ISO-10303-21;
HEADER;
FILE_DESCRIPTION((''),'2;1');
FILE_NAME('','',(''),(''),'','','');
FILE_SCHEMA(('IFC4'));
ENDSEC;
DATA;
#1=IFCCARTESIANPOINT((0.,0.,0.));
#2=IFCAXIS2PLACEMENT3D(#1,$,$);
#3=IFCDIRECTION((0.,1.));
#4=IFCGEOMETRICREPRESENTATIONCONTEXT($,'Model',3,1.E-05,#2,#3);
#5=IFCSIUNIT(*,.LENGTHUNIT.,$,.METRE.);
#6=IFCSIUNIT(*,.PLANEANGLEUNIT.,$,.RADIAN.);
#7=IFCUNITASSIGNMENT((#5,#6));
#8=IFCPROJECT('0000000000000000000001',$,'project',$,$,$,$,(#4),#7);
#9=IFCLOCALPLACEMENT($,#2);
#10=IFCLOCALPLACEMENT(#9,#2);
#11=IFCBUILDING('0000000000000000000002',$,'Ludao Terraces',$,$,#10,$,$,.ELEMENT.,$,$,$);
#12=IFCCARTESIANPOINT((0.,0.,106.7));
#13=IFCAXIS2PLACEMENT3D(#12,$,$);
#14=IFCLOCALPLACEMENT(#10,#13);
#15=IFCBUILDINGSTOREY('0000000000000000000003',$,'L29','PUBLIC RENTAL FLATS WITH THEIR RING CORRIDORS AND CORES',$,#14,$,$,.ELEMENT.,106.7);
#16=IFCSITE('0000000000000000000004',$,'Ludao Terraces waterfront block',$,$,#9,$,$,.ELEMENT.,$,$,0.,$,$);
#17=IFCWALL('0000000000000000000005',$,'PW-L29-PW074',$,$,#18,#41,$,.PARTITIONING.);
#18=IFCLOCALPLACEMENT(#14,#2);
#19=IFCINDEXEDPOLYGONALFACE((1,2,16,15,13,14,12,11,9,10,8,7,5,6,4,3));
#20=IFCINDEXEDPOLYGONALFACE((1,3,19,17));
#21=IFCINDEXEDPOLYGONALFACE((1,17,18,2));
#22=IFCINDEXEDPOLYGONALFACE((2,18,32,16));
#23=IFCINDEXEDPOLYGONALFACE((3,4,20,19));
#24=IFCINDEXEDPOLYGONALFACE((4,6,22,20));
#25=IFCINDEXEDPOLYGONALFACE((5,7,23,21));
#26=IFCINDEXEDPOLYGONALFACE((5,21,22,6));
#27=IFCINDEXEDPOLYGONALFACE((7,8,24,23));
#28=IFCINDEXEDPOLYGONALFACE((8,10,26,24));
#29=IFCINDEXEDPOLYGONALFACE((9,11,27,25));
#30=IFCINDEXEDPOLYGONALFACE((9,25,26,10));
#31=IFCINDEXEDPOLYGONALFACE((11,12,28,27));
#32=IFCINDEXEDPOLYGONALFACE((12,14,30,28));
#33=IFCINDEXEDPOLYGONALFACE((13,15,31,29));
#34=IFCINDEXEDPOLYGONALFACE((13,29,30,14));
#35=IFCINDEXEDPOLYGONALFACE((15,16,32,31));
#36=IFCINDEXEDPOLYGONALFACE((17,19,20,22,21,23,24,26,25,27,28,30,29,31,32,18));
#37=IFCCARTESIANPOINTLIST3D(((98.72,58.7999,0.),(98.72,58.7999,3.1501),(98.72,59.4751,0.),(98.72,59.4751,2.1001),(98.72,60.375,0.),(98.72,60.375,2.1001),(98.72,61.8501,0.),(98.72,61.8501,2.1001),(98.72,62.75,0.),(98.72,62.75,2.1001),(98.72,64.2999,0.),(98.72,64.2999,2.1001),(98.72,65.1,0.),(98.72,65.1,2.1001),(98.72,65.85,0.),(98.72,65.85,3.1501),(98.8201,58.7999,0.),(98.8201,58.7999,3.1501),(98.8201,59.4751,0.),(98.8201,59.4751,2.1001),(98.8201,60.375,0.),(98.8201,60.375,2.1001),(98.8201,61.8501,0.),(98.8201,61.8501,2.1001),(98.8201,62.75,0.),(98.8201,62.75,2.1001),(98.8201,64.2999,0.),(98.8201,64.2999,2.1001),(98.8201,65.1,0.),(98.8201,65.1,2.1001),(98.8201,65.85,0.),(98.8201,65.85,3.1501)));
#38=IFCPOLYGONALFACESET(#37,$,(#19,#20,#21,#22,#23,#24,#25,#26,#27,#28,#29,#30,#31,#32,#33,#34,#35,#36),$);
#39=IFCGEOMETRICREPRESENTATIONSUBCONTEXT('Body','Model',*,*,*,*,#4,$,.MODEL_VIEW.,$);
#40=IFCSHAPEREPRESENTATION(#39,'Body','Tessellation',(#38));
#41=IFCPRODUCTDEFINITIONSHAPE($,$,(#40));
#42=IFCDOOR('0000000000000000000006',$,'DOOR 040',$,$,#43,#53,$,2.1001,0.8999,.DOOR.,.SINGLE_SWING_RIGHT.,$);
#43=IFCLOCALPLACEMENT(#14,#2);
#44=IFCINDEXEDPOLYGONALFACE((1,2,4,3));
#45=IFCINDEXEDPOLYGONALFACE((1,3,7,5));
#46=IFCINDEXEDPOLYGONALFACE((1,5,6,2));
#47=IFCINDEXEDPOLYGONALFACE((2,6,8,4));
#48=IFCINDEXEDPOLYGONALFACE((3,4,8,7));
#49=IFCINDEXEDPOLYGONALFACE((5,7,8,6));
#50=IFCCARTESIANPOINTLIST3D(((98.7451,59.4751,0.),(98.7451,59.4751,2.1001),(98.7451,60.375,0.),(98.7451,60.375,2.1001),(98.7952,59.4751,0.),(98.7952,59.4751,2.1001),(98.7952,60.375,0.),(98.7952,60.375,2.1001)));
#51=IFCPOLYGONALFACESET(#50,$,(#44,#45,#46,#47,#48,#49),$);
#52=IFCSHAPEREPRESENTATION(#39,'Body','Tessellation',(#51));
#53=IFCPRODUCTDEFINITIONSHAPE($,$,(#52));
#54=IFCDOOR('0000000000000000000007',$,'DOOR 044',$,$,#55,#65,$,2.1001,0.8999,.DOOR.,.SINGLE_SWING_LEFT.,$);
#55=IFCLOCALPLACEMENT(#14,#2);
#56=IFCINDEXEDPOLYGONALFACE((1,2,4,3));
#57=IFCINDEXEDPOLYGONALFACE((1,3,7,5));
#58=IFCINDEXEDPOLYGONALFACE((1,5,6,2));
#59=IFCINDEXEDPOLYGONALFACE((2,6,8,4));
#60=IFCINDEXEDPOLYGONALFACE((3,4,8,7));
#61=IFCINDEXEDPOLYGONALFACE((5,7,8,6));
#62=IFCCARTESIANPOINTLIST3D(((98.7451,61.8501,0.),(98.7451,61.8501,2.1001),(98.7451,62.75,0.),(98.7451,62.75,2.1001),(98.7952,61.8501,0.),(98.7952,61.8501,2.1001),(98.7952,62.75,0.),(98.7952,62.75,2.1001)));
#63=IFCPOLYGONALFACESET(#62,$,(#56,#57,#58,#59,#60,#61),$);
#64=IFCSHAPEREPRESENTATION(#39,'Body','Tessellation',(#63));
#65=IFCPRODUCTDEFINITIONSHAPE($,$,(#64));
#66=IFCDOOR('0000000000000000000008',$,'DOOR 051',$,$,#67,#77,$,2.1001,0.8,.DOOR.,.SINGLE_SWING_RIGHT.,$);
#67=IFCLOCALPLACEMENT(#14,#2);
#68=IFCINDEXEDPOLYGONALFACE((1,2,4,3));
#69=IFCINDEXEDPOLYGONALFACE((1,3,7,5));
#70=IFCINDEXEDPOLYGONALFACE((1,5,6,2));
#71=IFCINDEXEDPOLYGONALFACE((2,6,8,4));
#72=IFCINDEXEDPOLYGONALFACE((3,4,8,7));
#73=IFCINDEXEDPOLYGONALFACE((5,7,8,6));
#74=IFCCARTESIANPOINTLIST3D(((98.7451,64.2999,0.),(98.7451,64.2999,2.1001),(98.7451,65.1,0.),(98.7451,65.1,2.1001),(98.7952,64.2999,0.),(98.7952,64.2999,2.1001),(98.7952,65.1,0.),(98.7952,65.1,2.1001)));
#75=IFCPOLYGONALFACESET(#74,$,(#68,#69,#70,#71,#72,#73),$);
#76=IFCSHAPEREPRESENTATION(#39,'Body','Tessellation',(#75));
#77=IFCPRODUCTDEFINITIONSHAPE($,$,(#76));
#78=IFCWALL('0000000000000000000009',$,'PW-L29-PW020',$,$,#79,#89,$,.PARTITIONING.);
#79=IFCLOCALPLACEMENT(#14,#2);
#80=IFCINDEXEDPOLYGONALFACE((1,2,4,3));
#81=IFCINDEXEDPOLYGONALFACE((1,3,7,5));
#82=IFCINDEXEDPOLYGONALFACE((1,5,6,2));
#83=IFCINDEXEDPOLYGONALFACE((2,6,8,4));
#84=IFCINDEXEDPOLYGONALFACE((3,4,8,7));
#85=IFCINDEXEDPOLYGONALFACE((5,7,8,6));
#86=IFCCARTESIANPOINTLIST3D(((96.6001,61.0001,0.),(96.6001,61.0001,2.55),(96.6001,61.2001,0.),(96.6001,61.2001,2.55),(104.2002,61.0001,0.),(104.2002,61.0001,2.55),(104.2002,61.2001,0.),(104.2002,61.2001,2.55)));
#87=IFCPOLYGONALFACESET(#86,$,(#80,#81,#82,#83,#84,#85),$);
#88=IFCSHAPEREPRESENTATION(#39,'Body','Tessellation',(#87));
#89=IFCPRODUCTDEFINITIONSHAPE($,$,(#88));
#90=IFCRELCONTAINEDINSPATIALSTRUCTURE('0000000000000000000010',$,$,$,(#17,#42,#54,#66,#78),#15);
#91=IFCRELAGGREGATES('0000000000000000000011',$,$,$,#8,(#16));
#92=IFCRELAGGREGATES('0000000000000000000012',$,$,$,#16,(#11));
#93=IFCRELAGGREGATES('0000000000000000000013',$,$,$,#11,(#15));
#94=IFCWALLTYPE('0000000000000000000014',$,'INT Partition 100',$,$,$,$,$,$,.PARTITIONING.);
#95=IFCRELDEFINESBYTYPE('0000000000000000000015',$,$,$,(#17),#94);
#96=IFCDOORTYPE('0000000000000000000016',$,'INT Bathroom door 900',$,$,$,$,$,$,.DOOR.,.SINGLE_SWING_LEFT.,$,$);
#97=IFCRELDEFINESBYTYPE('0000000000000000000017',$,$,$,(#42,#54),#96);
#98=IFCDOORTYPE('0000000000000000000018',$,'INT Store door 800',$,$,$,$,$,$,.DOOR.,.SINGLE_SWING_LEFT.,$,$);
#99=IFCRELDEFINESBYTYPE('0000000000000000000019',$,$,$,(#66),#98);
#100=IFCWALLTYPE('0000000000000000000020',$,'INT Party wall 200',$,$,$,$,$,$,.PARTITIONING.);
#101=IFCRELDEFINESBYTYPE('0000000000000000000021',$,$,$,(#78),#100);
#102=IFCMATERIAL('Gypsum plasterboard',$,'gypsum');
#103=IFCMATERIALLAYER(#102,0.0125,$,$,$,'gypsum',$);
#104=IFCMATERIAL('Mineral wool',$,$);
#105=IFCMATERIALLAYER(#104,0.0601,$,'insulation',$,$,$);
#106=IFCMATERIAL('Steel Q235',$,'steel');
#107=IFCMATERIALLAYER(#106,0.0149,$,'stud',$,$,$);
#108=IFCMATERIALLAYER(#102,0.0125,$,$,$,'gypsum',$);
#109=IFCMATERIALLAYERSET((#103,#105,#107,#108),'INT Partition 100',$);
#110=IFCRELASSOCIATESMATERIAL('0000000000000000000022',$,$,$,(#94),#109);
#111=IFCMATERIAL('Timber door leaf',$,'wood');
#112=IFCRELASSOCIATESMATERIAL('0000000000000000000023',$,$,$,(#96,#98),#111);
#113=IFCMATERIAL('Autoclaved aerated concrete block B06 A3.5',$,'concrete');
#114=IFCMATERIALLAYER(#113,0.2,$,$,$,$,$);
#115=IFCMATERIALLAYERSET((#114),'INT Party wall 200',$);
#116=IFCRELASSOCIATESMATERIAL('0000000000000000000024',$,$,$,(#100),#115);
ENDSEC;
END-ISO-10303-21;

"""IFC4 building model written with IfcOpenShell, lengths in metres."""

from ifc_helpers import new_model, si_unit, direction, frame, frame_2d, origin, place, context, subcontext, project, spatial, rectangle, extrude, material, layer, layer_set, type_object, element, fill, save


model = new_model("IFC4")

# Units and contexts
model_context = context("Model", 3, precision=1e-05, world=origin(), true_north=direction((0.0, 1.0)))
body_context = subcontext(model_context, "Body", "Model", "MODEL_VIEW")
ifc_project = project(units=[si_unit("LENGTHUNIT", "METRE"), si_unit("PLANEANGLEUNIT", "RADIAN")], contexts=[model_context])

# Site, building, storey
site_placement = place(None, origin())
site = spatial("IfcSite", under=ifc_project, at=site_placement, Name="Ludao Terraces waterfront block", CompositionType="ELEMENT", RefElevation=0.0)
building_placement = place(site_placement, origin())
building = spatial("IfcBuilding", under=site, at=building_placement, Name="Ludao Terraces", CompositionType="ELEMENT")
storey_placement = place(building_placement, frame((0.0, 0.0, 106.7)))
storey = spatial("IfcBuildingStorey", under=building, at=storey_placement, Name="L29", Description="PUBLIC RENTAL FLATS WITH THEIR RING CORRIDORS AND CORES", CompositionType="ELEMENT", Elevation=106.7)

# Shared definitions
ifc_material_1 = material(Name="Mineral wool")

# Shared definitions
ifc_material_2 = material(Name="Autoclaved aerated concrete block B06 A3.5", Category="concrete")
ifc_material_3 = material(Name="Steel Q235", Category="steel")

# Shared definitions
ifc_material_4 = material(Name="Gypsum plasterboard", Category="gypsum")
ifc_layer_1 = layer(ifc_material_4, 0.0125, Category="gypsum")
ifc_layer_2 = layer(ifc_material_1, 0.0601, Name="insulation")
ifc_layer_3 = layer(ifc_material_3, 0.0149, Name="stud")
ifc_layer_4 = layer(ifc_material_4, 0.0125, Category="gypsum")
ifc_layer_set_1 = layer_set([ifc_layer_1, ifc_layer_2, ifc_layer_3, ifc_layer_4], Name="INT Partition 100")
wall_type_1 = type_object("IfcWallType", Name="INT Partition 100", PredefinedType="PARTITIONING", material=ifc_layer_set_1)

# Wall, openings, doors
wall_1_placement = place(storey_placement, frame((98.77, 58.8, 0.0), z_axis=(0.0, 0.0, 1.0), x_axis=(0.0, 1.0, 0.0)))
wall_1 = element("IfcWall", 1, at=wall_1_placement, inside=storey, type_object=wall_type_1, Name="PW-L29-PW074", PredefinedType="PARTITIONING", context=body_context, shape_type="SweptSolid", body=[
    extrude(rectangle(XDim=7.05, YDim=0.1001, at=frame_2d((3.5249, 0.0))), origin(), (0.0, 0.0, 1.0), 3.1501),
])
opening_1_placement = place(wall_1_placement, frame((0.675, 0.0, 0.0)))
opening_1 = element("IfcOpeningElement", 2, at=opening_1_placement, cuts=wall_1, PredefinedType="OPENING", context=body_context, shape_type="SweptSolid", body=[
    extrude(rectangle(XDim=0.8999, YDim=2.1001, at=frame_2d((0.45, 1.05))), frame((0.0, 0.0601, 0.0), z_axis=(0.0, -1.0, 0.0), x_axis=(1.0, 0.0, 0.0)), (0.0, 0.0, 1.0), 0.1201),
])
opening_2_placement = place(wall_1_placement, frame((3.05, 0.0, 0.0)))
opening_2 = element("IfcOpeningElement", 3, at=opening_2_placement, cuts=wall_1, PredefinedType="OPENING", context=body_context, shape_type="SweptSolid", body=[
    extrude(rectangle(XDim=0.8999, YDim=2.1001, at=frame_2d((0.45, 1.05))), frame((0.0, 0.0601, 0.0), z_axis=(0.0, -1.0, 0.0), x_axis=(1.0, 0.0, 0.0)), (0.0, 0.0, 1.0), 0.1201),
])
opening_3_placement = place(wall_1_placement, frame((5.5, 0.0, 0.0)))
opening_3 = element("IfcOpeningElement", 4, at=opening_3_placement, cuts=wall_1, PredefinedType="OPENING", context=body_context, shape_type="SweptSolid", body=[
    extrude(rectangle(XDim=0.8, YDim=2.1001, at=frame_2d((0.3999, 1.05))), frame((0.0, 0.0601, 0.0), z_axis=(0.0, -1.0, 0.0), x_axis=(1.0, 0.0, 0.0)), (0.0, 0.0, 1.0), 0.1201),
])
ifc_material_5 = material(Name="Timber door leaf", Category="wood")
door_type_1 = type_object("IfcDoorType", Name="INT Bathroom door 900", OperationType="SINGLE_SWING_LEFT", PredefinedType="DOOR", material=ifc_material_5)
door_1_placement = place(opening_1_placement, origin())
door_1 = element("IfcDoor", 5, at=door_1_placement, inside=storey, type_object=door_type_1, Name="DOOR 040", OperationType="SINGLE_SWING_RIGHT", OverallHeight=2.1001, OverallWidth=0.8999, PredefinedType="DOOR", context=body_context, shape_type="SweptSolid", body=[
    extrude(rectangle(XDim=0.8999, YDim=2.1001, at=frame_2d((0.45, 1.05))), frame((0.0, 0.0249, 0.0), z_axis=(0.0, -1.0, 0.0), x_axis=(1.0, 0.0, 0.0)), (0.0, 0.0, 1.0), 0.05),
])
fill(opening_1, door_1)
door_2_placement = place(opening_2_placement, origin())
door_2 = element("IfcDoor", 6, at=door_2_placement, inside=storey, type_object=door_type_1, Name="DOOR 044", OperationType="SINGLE_SWING_LEFT", OverallHeight=2.1001, OverallWidth=0.8999, PredefinedType="DOOR", context=body_context, shape_type="SweptSolid", body=[
    extrude(rectangle(XDim=0.8999, YDim=2.1001, at=frame_2d((0.45, 1.05))), frame((0.0, 0.0249, 0.0), z_axis=(0.0, -1.0, 0.0), x_axis=(1.0, 0.0, 0.0)), (0.0, 0.0, 1.0), 0.05),
])
fill(opening_2, door_2)
door_type_2 = type_object("IfcDoorType", Name="INT Store door 800", OperationType="SINGLE_SWING_LEFT", PredefinedType="DOOR", material=ifc_material_5)
door_3_placement = place(opening_3_placement, origin())
door_3 = element("IfcDoor", 7, at=door_3_placement, inside=storey, type_object=door_type_2, Name="DOOR 051", OperationType="SINGLE_SWING_RIGHT", OverallHeight=2.1001, OverallWidth=0.8, PredefinedType="DOOR", context=body_context, shape_type="SweptSolid", body=[
    extrude(rectangle(XDim=0.8, YDim=2.1001, at=frame_2d((0.3999, 1.05))), frame((0.0, 0.0249, 0.0), z_axis=(0.0, -1.0, 0.0), x_axis=(1.0, 0.0, 0.0)), (0.0, 0.0, 1.0), 0.05),
])
fill(opening_3, door_3)

# Wall
ifc_layer_5 = layer(ifc_material_2, 0.2)
ifc_layer_set_2 = layer_set([ifc_layer_5], Name="INT Party wall 200")
wall_type_2 = type_object("IfcWallType", Name="INT Party wall 200", PredefinedType="PARTITIONING", material=ifc_layer_set_2)
wall_2_placement = place(storey_placement, frame((96.6001, 61.1001, 0.0), z_axis=(0.0, 0.0, 1.0), x_axis=(1.0, 0.0, 0.0)))
element("IfcWall", 8, at=wall_2_placement, inside=storey, type_object=wall_type_2, Name="PW-L29-PW020", PredefinedType="PARTITIONING", context=body_context, shape_type="SweptSolid", body=[
    extrude(rectangle(XDim=7.6001, YDim=0.2, at=frame_2d((3.8, 0.0))), origin(), (0.0, 0.0, 1.0), 2.55),
])

save(model, "model.ifc")
